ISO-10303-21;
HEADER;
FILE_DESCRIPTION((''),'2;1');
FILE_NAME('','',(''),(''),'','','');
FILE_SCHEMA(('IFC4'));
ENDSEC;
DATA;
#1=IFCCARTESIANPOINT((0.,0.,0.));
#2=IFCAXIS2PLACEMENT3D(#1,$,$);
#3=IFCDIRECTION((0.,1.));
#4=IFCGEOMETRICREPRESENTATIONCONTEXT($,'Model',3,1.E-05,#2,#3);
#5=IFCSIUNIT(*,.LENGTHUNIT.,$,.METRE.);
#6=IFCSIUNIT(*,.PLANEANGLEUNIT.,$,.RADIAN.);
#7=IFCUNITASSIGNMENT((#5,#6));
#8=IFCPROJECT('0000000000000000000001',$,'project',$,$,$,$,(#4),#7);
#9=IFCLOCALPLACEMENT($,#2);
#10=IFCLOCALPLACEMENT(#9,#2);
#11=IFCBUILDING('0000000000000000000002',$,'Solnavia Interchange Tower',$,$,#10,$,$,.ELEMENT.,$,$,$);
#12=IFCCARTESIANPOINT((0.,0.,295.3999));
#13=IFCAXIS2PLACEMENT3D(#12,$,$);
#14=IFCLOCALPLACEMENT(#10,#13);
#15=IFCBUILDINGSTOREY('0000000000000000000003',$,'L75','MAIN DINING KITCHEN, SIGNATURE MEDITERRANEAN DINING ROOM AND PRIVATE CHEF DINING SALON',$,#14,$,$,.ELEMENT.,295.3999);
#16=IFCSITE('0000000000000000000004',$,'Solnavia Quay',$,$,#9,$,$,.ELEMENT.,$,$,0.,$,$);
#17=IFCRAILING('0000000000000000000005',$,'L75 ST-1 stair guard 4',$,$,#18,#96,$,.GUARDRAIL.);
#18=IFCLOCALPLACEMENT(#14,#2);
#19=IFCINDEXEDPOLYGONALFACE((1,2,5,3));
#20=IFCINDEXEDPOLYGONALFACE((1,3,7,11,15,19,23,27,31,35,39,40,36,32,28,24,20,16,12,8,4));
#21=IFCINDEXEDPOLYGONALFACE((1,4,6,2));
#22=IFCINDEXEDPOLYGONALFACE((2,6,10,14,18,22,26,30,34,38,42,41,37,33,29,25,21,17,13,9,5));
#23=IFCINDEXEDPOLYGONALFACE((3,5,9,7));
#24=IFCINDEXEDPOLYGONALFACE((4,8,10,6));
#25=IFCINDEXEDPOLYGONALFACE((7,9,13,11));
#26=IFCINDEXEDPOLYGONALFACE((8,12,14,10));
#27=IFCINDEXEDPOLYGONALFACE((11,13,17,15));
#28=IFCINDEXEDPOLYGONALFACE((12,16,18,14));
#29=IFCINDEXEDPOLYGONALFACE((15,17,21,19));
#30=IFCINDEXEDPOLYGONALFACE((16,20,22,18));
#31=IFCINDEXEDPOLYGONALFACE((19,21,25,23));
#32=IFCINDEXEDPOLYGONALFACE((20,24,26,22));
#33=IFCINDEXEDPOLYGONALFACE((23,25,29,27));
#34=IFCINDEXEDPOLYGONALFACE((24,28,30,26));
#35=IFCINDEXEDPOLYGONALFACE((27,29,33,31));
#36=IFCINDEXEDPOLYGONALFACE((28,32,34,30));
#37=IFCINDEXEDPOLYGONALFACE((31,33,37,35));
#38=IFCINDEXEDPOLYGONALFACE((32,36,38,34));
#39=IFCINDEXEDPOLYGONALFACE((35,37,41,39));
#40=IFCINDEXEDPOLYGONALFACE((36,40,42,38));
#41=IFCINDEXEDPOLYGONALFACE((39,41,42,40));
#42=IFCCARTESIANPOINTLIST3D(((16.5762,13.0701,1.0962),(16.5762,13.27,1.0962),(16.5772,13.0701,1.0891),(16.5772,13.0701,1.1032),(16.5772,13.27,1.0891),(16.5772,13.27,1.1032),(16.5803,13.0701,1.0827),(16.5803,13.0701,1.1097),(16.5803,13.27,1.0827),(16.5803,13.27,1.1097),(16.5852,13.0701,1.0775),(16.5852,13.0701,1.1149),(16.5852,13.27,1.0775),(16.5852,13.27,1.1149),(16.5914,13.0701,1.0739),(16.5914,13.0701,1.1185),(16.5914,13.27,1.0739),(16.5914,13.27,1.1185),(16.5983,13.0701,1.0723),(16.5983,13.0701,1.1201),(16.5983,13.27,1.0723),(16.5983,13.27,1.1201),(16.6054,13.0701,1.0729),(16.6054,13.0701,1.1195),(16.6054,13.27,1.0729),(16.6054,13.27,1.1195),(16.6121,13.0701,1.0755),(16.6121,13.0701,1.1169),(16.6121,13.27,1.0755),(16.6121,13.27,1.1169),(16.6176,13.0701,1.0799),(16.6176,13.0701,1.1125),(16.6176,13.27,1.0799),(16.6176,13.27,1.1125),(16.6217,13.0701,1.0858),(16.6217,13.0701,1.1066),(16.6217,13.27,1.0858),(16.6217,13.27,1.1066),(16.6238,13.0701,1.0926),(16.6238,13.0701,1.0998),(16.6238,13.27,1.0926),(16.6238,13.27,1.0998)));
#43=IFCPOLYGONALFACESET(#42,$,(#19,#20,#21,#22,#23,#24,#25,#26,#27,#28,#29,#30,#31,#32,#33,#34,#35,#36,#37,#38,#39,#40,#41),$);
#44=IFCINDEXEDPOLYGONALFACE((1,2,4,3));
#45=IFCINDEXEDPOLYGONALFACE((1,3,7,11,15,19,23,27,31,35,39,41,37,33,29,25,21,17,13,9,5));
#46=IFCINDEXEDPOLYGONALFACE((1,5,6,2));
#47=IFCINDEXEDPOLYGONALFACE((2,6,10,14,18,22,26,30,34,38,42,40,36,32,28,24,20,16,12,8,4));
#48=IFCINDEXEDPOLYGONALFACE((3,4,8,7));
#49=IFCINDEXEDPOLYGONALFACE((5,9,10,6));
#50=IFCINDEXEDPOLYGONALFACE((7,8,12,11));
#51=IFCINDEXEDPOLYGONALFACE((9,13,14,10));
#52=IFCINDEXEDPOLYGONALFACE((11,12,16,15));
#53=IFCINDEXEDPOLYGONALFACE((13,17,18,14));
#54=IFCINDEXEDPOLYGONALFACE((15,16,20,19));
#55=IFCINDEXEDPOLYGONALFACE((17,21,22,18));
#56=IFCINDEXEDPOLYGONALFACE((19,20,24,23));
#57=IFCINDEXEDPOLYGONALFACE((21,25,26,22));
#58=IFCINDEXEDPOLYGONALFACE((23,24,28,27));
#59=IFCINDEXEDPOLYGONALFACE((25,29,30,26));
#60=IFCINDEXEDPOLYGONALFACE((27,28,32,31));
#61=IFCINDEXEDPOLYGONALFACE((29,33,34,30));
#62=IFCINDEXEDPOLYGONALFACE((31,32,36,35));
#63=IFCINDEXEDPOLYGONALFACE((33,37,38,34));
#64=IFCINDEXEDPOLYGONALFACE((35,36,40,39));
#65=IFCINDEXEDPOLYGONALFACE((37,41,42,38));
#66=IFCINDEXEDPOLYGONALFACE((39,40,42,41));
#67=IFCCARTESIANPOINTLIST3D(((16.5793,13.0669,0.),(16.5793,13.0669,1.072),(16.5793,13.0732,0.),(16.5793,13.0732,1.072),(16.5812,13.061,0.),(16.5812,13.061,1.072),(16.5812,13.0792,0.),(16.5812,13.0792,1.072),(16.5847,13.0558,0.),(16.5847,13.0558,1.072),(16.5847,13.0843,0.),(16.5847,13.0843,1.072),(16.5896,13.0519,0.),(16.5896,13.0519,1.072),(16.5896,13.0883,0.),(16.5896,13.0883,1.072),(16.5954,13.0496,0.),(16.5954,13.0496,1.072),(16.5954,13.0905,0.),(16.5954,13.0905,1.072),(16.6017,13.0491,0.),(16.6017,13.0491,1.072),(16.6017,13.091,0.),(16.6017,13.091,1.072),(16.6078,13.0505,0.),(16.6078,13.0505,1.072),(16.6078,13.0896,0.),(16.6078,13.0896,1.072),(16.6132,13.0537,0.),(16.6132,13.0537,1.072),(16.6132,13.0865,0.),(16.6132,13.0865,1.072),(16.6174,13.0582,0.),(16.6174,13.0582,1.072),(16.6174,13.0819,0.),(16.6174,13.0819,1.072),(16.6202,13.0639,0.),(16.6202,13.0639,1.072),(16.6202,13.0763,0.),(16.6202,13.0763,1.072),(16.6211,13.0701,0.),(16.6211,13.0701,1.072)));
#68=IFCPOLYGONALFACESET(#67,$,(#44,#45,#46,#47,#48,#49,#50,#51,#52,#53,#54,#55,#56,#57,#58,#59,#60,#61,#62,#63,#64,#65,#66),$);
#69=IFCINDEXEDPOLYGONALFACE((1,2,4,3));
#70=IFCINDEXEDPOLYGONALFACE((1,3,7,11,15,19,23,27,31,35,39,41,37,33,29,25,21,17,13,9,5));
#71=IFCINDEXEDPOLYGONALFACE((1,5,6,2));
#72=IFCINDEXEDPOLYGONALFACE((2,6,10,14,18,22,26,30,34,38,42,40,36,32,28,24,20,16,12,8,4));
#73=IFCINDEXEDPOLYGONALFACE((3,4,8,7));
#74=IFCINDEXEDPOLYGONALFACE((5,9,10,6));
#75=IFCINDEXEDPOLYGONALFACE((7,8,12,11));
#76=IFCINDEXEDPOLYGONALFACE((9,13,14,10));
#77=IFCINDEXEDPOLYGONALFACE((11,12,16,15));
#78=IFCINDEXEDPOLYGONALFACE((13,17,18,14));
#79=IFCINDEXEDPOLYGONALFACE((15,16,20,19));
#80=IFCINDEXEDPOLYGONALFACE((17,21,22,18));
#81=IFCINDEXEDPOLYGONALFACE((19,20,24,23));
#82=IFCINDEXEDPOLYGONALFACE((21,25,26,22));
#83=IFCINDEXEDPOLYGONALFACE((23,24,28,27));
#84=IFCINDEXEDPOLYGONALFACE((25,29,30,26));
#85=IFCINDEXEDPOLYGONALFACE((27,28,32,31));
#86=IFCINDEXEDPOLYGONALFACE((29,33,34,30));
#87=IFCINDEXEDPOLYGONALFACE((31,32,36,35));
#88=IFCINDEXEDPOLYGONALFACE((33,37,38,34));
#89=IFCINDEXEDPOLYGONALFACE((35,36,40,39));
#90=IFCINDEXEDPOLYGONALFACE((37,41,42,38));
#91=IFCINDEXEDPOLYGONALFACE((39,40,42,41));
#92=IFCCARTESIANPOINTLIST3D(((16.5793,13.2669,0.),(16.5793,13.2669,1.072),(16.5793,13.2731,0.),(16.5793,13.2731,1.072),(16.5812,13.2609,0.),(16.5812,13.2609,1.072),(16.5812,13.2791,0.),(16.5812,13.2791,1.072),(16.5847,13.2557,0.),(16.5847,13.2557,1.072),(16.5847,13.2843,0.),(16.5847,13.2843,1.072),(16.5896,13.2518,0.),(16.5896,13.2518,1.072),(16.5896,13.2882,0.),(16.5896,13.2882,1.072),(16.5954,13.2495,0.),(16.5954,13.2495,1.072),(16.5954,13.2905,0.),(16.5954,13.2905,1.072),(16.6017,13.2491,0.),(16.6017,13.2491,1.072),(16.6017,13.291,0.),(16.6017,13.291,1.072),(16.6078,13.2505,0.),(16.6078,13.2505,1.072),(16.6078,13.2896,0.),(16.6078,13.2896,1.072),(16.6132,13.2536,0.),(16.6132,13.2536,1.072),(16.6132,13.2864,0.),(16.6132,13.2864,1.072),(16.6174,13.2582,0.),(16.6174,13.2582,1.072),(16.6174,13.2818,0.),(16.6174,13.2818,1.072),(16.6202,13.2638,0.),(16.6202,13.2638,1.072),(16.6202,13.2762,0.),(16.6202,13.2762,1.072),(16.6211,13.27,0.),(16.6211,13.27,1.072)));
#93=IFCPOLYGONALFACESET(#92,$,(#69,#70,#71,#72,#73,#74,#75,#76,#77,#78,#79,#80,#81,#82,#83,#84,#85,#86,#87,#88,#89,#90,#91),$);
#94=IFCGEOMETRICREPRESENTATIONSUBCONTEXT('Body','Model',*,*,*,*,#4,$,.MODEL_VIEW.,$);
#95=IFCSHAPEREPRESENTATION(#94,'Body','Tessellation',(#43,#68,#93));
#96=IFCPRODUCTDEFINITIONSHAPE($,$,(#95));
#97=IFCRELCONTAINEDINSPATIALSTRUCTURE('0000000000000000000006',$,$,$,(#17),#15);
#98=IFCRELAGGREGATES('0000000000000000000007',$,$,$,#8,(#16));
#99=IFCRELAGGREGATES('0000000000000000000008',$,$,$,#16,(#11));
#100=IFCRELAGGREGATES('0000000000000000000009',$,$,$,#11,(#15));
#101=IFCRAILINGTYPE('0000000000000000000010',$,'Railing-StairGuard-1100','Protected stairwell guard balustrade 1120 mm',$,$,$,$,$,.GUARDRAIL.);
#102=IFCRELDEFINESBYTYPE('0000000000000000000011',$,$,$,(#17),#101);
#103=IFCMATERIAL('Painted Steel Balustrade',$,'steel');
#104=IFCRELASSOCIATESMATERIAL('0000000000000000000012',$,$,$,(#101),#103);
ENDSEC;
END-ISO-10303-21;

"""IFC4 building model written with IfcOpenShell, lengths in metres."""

from ifc_helpers import new_model, si_unit, direction, frame, origin, origin_2d, place, context, subcontext, project, spatial, circle, extrude, material, type_object, element, save


model = new_model("IFC4")

# Units and contexts
model_context = context("Model", 3, precision=1e-05, world=origin(), true_north=direction((0.0, 1.0)))
body_context = subcontext(model_context, "Body", "Model", "MODEL_VIEW")
ifc_project = project(units=[si_unit("LENGTHUNIT", "METRE"), si_unit("PLANEANGLEUNIT", "RADIAN")], contexts=[model_context])

# Site, building, storey
site_placement = place(None, origin())
site = spatial("IfcSite", under=ifc_project, at=site_placement, Name="Solnavia Quay", CompositionType="ELEMENT", RefElevation=0.0)
building_placement = place(site_placement, origin())
building = spatial("IfcBuilding", under=site, at=building_placement, Name="Solnavia Interchange Tower", CompositionType="ELEMENT")
storey_placement = place(building_placement, frame((0.0, 0.0, 295.3999)))
storey = spatial("IfcBuildingStorey", under=building, at=storey_placement, Name="L75", Description="MAIN DINING KITCHEN, SIGNATURE MEDITERRANEAN DINING ROOM AND PRIVATE CHEF DINING SALON", CompositionType="ELEMENT", Elevation=295.3999)

# Railing
ifc_material_1 = material(Name="Painted Steel Balustrade", Category="steel")
railing_type_1 = type_object("IfcRailingType", Name="Railing-StairGuard-1100", Description="Protected stairwell guard balustrade 1120 mm", PredefinedType="GUARDRAIL", material=ifc_material_1)
railing_1_placement = place(storey_placement, frame((16.6001, 13.0701, 0.0)))
element("IfcRailing", 1, at=railing_1_placement, inside=storey, type_object=railing_type_1, Name="L75 ST-1 stair guard 4", PredefinedType="GUARDRAIL", context=body_context, shape_type="SweptSolid", body=[
    extrude(circle(Radius=0.0239, at=origin_2d()), frame((0.0, 0.0, 1.0962), z_axis=(0.0, 1.0, 0.0), x_axis=(-1.0, 0.0, 0.0)), (0.0, 0.0, 1.0), 0.2),
    extrude(circle(Radius=0.021, at=origin_2d()), origin(), (0.0, 0.0, 1.0), 1.072),
    extrude(circle(Radius=0.021, at=origin_2d()), frame((0.0, 0.2, 0.0)), (0.0, 0.0, 1.0), 1.072),
])

save(model, "model.ifc")
